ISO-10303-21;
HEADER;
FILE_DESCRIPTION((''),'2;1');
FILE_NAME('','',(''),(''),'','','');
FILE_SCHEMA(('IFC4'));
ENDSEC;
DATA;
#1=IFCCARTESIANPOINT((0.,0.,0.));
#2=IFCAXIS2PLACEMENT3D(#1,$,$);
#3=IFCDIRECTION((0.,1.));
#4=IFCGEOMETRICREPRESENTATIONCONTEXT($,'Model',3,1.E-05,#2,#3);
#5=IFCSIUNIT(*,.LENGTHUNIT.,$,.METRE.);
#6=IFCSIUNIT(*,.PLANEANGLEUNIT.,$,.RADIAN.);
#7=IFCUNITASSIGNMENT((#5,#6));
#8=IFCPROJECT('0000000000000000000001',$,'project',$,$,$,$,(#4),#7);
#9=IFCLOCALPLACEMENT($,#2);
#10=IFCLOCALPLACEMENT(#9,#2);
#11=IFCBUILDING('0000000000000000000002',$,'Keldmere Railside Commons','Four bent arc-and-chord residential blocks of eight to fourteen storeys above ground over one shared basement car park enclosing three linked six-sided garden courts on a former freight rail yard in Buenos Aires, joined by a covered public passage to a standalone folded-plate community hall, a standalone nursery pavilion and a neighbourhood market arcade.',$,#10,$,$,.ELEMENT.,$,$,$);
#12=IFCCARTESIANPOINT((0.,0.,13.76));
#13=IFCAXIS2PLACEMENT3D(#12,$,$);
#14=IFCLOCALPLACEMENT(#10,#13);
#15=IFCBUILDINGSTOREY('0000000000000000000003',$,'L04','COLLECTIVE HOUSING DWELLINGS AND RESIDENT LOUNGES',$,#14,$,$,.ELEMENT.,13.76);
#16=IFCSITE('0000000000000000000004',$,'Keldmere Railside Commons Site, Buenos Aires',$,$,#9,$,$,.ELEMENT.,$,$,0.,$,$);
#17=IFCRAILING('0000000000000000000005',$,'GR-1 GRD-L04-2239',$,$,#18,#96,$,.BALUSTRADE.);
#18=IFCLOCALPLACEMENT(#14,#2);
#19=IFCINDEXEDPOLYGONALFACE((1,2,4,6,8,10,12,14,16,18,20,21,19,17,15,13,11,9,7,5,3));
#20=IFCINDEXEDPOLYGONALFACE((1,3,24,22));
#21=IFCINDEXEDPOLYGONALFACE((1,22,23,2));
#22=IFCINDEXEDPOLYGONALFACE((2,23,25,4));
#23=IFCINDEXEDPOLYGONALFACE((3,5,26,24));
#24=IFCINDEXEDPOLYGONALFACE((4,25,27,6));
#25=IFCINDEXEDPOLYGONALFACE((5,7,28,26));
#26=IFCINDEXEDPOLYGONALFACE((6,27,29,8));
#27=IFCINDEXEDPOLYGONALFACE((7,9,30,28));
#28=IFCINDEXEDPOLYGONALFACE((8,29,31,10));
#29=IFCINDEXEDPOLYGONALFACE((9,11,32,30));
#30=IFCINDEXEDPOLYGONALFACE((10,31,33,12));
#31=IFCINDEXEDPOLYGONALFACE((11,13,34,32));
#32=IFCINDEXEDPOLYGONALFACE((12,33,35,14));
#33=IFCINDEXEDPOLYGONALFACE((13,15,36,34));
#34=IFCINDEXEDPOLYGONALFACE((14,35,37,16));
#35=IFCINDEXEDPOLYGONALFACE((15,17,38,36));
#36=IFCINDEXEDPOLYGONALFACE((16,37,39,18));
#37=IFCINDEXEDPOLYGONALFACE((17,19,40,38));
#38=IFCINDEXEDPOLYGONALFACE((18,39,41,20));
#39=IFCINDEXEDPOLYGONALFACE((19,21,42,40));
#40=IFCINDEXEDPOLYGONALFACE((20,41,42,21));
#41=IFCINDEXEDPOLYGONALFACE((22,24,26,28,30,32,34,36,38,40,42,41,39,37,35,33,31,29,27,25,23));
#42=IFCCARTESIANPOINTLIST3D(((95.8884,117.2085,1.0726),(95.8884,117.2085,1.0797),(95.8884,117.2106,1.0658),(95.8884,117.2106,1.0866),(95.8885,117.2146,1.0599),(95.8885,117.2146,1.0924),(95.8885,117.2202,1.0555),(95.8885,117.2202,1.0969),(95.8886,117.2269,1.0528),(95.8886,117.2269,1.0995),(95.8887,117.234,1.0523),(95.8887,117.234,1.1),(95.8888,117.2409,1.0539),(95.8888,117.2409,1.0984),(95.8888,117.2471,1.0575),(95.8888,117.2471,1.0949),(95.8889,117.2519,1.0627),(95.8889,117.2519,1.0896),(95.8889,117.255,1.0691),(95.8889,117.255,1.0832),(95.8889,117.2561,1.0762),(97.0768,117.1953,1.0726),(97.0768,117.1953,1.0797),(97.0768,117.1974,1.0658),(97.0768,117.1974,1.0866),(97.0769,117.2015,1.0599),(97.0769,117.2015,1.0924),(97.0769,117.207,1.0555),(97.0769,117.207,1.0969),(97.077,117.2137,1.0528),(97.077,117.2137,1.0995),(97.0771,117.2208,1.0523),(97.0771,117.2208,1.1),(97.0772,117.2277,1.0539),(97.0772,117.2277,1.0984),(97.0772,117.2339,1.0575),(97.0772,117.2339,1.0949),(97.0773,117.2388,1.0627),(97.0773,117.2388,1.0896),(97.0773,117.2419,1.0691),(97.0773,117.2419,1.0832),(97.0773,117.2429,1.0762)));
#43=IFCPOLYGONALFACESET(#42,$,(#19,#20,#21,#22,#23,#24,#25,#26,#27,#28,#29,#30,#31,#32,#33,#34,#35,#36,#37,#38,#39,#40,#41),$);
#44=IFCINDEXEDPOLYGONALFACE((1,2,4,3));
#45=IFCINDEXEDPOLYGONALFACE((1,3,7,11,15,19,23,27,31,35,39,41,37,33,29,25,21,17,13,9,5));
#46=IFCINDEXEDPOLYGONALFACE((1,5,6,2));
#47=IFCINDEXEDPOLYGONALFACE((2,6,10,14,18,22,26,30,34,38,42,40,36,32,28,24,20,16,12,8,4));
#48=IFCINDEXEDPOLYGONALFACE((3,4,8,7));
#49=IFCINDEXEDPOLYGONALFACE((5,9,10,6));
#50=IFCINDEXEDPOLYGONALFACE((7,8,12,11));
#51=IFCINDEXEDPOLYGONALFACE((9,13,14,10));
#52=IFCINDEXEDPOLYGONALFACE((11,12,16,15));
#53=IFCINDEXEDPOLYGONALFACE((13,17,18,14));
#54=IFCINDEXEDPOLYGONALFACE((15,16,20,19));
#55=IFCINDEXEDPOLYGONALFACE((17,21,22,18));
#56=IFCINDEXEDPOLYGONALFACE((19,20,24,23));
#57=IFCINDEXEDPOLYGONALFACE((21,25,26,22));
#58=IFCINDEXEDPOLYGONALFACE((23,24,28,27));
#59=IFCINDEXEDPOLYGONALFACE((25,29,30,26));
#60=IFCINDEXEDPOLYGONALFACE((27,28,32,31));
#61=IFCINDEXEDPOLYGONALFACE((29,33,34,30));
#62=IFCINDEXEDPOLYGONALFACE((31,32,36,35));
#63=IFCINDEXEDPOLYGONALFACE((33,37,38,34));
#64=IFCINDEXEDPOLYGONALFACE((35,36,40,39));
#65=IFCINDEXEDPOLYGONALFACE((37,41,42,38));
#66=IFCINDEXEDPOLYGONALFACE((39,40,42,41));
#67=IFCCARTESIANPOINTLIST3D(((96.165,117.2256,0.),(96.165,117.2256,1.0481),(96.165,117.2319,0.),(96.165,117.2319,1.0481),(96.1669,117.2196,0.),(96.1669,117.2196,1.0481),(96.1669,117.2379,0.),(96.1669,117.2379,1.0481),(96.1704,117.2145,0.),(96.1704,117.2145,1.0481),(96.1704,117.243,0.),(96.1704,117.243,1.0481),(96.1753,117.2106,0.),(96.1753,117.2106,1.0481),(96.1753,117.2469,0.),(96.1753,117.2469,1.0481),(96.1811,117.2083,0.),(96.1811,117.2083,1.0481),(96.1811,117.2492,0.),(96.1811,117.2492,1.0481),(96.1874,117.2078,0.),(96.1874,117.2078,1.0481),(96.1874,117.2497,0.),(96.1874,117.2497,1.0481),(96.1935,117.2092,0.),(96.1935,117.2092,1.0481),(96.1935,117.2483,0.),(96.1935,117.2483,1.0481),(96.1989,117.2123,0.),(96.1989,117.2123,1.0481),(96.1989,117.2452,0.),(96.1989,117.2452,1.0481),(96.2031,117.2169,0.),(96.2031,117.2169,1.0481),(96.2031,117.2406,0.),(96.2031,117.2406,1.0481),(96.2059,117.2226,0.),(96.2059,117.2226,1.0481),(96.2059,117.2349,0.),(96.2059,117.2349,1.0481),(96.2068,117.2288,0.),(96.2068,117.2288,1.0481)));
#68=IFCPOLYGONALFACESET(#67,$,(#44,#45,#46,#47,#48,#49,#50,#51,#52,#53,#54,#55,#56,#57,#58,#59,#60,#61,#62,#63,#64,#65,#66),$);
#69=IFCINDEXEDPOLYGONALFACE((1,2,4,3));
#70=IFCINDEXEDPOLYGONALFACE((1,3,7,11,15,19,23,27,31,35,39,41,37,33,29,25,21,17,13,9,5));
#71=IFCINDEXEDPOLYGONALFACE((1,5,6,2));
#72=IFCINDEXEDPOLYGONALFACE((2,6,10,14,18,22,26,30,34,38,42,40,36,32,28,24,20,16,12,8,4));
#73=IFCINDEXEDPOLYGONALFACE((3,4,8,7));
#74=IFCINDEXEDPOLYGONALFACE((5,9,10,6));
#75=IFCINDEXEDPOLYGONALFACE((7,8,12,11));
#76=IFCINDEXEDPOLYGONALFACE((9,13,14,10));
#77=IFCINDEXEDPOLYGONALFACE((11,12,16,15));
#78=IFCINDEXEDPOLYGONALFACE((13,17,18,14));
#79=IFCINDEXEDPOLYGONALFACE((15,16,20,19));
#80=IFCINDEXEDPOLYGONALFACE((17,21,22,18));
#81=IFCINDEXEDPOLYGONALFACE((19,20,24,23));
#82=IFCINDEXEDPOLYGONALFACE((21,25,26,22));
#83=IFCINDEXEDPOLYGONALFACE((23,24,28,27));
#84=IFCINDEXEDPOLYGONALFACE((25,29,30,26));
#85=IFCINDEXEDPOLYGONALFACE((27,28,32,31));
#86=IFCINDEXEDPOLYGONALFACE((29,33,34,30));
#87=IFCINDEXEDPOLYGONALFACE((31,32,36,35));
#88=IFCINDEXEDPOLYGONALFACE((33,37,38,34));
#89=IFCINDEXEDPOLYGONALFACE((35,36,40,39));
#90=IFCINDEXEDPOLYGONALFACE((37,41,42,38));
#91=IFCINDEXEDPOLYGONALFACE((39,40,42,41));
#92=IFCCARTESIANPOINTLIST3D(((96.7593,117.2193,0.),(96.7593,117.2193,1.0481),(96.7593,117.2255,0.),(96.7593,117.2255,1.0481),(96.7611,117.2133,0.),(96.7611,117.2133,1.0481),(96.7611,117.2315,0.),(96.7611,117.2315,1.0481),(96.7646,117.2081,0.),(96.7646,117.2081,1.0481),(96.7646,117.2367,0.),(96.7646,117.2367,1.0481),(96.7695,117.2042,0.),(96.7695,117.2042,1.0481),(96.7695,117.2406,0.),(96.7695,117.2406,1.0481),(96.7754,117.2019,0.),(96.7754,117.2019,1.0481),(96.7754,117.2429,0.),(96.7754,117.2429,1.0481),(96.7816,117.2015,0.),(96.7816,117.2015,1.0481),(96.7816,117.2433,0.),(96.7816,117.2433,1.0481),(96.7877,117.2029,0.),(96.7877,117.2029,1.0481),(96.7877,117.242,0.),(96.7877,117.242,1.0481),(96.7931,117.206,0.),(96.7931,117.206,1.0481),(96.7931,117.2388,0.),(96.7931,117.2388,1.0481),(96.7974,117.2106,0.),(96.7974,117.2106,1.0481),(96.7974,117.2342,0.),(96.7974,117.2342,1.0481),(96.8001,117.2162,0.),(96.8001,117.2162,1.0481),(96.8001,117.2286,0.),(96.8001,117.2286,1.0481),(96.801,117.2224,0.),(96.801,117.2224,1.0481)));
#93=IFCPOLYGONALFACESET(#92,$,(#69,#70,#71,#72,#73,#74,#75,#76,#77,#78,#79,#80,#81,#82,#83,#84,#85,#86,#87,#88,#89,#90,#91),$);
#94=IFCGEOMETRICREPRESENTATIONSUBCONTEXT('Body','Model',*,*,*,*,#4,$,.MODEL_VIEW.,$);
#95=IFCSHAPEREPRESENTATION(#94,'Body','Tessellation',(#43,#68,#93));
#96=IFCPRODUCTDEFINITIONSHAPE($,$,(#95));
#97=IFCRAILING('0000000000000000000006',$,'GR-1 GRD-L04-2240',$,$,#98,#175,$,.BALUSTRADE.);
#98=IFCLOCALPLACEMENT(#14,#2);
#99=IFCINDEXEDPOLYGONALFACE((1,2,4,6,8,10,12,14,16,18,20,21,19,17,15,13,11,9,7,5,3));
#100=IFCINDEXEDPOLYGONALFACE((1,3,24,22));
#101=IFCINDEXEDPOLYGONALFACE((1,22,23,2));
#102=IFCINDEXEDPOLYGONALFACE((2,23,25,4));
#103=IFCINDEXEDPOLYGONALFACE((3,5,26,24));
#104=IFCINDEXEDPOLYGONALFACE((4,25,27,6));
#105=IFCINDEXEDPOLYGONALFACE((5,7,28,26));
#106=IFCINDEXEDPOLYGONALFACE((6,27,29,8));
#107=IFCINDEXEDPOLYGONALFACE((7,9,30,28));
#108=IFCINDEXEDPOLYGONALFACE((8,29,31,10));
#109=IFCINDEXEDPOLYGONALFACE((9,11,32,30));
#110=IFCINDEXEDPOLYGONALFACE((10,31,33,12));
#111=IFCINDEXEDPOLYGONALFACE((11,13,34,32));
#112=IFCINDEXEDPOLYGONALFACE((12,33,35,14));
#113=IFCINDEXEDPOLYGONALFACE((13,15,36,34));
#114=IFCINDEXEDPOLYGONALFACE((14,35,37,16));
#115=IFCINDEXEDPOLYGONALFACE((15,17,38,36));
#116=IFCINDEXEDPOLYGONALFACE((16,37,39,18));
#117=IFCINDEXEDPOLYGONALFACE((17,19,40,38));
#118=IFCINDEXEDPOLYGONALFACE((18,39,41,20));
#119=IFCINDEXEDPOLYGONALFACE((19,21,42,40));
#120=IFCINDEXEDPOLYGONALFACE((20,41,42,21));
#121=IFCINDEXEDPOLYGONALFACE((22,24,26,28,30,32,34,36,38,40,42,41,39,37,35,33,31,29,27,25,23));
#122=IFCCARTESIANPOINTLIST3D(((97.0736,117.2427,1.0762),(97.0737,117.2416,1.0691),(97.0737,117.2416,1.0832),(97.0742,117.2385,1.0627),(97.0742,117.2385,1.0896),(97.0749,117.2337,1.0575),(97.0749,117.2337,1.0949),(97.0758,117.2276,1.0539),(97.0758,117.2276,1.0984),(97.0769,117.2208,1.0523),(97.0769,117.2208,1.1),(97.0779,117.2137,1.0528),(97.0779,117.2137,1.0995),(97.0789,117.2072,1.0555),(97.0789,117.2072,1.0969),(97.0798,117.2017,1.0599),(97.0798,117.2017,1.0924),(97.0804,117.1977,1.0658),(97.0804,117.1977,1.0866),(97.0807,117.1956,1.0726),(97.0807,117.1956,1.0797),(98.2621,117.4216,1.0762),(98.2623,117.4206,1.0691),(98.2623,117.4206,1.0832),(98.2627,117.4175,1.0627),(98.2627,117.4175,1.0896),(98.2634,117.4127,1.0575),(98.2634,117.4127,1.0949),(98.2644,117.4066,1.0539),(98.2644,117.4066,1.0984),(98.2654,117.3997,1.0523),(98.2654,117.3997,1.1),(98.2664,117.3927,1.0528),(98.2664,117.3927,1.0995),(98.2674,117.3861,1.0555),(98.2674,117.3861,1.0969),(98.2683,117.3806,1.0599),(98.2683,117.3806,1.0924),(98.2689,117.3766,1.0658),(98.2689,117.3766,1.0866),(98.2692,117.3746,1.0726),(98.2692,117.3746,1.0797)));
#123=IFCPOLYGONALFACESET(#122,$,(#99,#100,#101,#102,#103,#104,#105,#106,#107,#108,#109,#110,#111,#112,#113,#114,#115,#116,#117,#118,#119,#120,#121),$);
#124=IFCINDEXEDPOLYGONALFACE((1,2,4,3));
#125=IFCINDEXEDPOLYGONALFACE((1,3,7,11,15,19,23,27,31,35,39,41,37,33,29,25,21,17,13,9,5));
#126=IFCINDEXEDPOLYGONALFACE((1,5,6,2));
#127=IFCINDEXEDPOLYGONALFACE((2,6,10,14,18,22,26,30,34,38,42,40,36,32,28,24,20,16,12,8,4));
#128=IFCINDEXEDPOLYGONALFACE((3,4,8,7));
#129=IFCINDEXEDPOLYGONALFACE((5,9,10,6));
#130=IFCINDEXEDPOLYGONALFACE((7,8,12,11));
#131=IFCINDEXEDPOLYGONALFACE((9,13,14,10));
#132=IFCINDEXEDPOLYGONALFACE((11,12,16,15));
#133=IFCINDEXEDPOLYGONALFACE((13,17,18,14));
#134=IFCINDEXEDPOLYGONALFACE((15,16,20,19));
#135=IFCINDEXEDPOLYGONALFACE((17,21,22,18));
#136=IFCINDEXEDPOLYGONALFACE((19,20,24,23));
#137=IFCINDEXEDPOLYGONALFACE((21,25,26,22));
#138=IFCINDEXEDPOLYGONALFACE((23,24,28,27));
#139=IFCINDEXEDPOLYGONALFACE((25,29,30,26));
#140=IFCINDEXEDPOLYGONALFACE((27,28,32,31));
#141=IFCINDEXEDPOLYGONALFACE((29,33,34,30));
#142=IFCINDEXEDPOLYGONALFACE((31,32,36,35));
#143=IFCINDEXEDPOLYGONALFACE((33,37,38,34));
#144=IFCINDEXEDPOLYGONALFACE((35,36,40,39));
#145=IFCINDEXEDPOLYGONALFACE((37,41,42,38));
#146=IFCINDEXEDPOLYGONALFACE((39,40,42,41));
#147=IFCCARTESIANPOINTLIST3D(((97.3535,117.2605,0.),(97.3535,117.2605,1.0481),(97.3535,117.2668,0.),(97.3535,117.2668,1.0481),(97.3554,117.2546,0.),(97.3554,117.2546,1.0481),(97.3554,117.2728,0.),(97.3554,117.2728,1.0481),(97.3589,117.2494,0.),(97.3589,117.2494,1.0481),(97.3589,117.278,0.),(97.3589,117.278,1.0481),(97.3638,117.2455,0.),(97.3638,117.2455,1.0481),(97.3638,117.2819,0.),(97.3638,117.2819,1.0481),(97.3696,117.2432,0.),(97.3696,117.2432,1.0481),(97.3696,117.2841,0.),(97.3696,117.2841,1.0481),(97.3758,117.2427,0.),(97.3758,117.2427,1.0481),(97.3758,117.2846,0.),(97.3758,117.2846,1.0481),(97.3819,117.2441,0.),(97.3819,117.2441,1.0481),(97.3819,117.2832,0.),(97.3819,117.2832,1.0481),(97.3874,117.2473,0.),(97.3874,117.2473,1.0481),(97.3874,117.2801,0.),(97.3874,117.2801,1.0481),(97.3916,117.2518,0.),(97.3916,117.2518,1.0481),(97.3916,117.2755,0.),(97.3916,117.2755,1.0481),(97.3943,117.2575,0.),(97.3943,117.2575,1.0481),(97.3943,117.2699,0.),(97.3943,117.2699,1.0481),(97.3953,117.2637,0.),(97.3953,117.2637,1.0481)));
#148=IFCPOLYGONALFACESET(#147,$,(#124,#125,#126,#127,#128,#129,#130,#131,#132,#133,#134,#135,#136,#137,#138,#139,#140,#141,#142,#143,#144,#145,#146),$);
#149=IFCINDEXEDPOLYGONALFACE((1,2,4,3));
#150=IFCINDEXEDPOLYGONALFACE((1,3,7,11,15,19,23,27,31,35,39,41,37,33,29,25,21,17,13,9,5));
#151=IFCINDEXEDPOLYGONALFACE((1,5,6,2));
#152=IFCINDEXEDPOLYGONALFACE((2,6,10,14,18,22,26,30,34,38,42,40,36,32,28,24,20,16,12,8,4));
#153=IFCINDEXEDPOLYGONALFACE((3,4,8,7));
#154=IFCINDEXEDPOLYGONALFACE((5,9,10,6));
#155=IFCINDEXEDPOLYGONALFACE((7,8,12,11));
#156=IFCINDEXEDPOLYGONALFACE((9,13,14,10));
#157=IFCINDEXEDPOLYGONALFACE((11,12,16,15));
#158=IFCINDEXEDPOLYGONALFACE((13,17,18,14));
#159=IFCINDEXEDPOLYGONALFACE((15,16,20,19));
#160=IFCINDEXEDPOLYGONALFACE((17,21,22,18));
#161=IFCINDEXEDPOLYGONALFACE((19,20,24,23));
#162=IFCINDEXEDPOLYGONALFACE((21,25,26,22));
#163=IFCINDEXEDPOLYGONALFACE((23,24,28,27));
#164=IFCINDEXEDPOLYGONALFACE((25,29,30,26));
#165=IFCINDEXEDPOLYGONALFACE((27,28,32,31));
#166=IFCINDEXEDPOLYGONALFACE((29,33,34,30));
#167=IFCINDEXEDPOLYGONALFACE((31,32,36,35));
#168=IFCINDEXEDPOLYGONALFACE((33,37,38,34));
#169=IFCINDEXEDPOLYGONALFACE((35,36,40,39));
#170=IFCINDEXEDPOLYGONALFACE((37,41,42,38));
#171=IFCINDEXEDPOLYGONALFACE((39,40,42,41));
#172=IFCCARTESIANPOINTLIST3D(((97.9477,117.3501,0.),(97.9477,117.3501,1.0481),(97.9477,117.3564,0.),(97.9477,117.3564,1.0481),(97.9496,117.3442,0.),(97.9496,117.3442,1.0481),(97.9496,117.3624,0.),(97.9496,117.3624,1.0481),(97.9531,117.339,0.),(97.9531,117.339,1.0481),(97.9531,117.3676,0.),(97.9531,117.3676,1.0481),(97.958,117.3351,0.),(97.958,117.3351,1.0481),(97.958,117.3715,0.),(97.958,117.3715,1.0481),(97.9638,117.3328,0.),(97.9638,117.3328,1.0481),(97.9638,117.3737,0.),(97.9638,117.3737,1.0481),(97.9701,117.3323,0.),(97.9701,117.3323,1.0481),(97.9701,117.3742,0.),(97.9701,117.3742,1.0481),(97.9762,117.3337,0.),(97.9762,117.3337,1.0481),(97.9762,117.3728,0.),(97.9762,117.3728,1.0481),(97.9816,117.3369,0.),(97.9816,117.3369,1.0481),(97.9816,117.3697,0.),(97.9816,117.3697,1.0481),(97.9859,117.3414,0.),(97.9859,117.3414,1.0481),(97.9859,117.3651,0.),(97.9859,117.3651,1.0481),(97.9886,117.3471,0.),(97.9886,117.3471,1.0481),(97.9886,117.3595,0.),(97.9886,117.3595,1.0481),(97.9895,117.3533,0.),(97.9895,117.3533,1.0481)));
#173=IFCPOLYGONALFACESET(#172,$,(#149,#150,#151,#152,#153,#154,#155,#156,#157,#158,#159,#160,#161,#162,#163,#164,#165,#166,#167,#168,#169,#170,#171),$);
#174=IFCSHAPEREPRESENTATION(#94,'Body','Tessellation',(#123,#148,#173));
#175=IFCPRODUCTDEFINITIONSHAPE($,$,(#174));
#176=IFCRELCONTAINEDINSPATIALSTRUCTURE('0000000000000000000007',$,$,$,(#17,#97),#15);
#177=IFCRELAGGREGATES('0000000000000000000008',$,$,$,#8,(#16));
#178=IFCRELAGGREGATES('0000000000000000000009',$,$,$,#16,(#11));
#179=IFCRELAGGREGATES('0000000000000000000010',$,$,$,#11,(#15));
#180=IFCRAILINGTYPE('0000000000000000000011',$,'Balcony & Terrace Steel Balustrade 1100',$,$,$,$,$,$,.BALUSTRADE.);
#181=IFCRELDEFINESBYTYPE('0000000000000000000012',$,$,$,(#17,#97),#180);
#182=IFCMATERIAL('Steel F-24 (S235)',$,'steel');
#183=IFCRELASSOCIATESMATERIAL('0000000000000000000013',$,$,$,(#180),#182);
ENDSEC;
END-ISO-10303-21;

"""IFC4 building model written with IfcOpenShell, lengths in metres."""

from ifc_helpers import new_model, si_unit, direction, frame, origin, origin_2d, place, context, subcontext, project, spatial, circle, extrude, material, type_object, element, save


model = new_model("IFC4")

# Units and contexts
model_context = context("Model", 3, precision=1e-05, world=origin(), true_north=direction((0.0, 1.0)))
body_context = subcontext(model_context, "Body", "Model", "MODEL_VIEW")
ifc_project = project(units=[si_unit("LENGTHUNIT", "METRE"), si_unit("PLANEANGLEUNIT", "RADIAN")], contexts=[model_context])

# Site, building, storey
site_placement = place(None, origin())
site = spatial("IfcSite", under=ifc_project, at=site_placement, Name="Keldmere Railside Commons Site, Buenos Aires", CompositionType="ELEMENT", RefElevation=0.0)
building_placement = place(site_placement, origin())
building = spatial("IfcBuilding", under=site, at=building_placement, Name="Keldmere Railside Commons", Description="Four bent arc-and-chord residential blocks of eight to fourteen storeys above ground over one shared basement car park enclosing three linked six-sided garden courts on a former freight rail yard in Buenos Aires, joined by a covered public passage to a standalone folded-plate community hall, a standalone nursery pavilion and a neighbourhood market arcade.", CompositionType="ELEMENT")
storey_placement = place(building_placement, frame((0.0, 0.0, 13.76)))
storey = spatial("IfcBuildingStorey", under=building, at=storey_placement, Name="L04", Description="COLLECTIVE HOUSING DWELLINGS AND RESIDENT LOUNGES", CompositionType="ELEMENT", Elevation=13.76)

# Railings
ifc_material_1 = material(Name="Steel F-24 (S235)", Category="steel")
railing_type = type_object("IfcRailingType", Name="Balcony & Terrace Steel Balustrade 1100", PredefinedType="BALUSTRADE", material=ifc_material_1)
railing_1_placement = place(storey_placement, frame((95.8887, 117.2322, 0.0)))
element("IfcRailing", 1, at=railing_1_placement, inside=storey, type_object=railing_type, Name="GR-1 GRD-L04-2239", PredefinedType="BALUSTRADE", context=body_context, shape_type="SweptSolid", body=[
    extrude(circle(Radius=0.0239, at=origin_2d()), frame((0.0, 0.0, 1.0762), z_axis=(0.999938, -0.011092, 0.0), x_axis=(0.011092, 0.999938, 0.0)), (0.0, 0.0, 1.0), 1.1885),
    extrude(circle(Radius=0.021, at=origin_2d()), frame((0.2971, -0.0034, 0.0)), (0.0, 0.0, 1.0), 1.0481),
    extrude(circle(Radius=0.021, at=origin_2d()), frame((0.8914, -0.0098, 0.0)), (0.0, 0.0, 1.0), 1.0481),
])
railing_2_placement = place(storey_placement, frame((97.0771, 117.219, 0.0)))
element("IfcRailing", 2, at=railing_2_placement, inside=storey, type_object=railing_type, Name="GR-1 GRD-L04-2240", PredefinedType="BALUSTRADE", context=body_context, shape_type="SweptSolid", body=[
    extrude(circle(Radius=0.0239, at=origin_2d()), frame((0.0, 0.0, 1.0762), z_axis=(0.988853, 0.148897, 0.0), x_axis=(-0.148897, 0.988853, 0.0)), (0.0, 0.0, 1.0), 1.2019),
    extrude(circle(Radius=0.021, at=origin_2d()), frame((0.2971, 0.0447, 0.0)), (0.0, 0.0, 1.0), 1.0481),
    extrude(circle(Radius=0.021, at=origin_2d()), frame((0.8914, 0.1343, 0.0)), (0.0, 0.0, 1.0), 1.0481),
])

save(model, "model.ifc")
